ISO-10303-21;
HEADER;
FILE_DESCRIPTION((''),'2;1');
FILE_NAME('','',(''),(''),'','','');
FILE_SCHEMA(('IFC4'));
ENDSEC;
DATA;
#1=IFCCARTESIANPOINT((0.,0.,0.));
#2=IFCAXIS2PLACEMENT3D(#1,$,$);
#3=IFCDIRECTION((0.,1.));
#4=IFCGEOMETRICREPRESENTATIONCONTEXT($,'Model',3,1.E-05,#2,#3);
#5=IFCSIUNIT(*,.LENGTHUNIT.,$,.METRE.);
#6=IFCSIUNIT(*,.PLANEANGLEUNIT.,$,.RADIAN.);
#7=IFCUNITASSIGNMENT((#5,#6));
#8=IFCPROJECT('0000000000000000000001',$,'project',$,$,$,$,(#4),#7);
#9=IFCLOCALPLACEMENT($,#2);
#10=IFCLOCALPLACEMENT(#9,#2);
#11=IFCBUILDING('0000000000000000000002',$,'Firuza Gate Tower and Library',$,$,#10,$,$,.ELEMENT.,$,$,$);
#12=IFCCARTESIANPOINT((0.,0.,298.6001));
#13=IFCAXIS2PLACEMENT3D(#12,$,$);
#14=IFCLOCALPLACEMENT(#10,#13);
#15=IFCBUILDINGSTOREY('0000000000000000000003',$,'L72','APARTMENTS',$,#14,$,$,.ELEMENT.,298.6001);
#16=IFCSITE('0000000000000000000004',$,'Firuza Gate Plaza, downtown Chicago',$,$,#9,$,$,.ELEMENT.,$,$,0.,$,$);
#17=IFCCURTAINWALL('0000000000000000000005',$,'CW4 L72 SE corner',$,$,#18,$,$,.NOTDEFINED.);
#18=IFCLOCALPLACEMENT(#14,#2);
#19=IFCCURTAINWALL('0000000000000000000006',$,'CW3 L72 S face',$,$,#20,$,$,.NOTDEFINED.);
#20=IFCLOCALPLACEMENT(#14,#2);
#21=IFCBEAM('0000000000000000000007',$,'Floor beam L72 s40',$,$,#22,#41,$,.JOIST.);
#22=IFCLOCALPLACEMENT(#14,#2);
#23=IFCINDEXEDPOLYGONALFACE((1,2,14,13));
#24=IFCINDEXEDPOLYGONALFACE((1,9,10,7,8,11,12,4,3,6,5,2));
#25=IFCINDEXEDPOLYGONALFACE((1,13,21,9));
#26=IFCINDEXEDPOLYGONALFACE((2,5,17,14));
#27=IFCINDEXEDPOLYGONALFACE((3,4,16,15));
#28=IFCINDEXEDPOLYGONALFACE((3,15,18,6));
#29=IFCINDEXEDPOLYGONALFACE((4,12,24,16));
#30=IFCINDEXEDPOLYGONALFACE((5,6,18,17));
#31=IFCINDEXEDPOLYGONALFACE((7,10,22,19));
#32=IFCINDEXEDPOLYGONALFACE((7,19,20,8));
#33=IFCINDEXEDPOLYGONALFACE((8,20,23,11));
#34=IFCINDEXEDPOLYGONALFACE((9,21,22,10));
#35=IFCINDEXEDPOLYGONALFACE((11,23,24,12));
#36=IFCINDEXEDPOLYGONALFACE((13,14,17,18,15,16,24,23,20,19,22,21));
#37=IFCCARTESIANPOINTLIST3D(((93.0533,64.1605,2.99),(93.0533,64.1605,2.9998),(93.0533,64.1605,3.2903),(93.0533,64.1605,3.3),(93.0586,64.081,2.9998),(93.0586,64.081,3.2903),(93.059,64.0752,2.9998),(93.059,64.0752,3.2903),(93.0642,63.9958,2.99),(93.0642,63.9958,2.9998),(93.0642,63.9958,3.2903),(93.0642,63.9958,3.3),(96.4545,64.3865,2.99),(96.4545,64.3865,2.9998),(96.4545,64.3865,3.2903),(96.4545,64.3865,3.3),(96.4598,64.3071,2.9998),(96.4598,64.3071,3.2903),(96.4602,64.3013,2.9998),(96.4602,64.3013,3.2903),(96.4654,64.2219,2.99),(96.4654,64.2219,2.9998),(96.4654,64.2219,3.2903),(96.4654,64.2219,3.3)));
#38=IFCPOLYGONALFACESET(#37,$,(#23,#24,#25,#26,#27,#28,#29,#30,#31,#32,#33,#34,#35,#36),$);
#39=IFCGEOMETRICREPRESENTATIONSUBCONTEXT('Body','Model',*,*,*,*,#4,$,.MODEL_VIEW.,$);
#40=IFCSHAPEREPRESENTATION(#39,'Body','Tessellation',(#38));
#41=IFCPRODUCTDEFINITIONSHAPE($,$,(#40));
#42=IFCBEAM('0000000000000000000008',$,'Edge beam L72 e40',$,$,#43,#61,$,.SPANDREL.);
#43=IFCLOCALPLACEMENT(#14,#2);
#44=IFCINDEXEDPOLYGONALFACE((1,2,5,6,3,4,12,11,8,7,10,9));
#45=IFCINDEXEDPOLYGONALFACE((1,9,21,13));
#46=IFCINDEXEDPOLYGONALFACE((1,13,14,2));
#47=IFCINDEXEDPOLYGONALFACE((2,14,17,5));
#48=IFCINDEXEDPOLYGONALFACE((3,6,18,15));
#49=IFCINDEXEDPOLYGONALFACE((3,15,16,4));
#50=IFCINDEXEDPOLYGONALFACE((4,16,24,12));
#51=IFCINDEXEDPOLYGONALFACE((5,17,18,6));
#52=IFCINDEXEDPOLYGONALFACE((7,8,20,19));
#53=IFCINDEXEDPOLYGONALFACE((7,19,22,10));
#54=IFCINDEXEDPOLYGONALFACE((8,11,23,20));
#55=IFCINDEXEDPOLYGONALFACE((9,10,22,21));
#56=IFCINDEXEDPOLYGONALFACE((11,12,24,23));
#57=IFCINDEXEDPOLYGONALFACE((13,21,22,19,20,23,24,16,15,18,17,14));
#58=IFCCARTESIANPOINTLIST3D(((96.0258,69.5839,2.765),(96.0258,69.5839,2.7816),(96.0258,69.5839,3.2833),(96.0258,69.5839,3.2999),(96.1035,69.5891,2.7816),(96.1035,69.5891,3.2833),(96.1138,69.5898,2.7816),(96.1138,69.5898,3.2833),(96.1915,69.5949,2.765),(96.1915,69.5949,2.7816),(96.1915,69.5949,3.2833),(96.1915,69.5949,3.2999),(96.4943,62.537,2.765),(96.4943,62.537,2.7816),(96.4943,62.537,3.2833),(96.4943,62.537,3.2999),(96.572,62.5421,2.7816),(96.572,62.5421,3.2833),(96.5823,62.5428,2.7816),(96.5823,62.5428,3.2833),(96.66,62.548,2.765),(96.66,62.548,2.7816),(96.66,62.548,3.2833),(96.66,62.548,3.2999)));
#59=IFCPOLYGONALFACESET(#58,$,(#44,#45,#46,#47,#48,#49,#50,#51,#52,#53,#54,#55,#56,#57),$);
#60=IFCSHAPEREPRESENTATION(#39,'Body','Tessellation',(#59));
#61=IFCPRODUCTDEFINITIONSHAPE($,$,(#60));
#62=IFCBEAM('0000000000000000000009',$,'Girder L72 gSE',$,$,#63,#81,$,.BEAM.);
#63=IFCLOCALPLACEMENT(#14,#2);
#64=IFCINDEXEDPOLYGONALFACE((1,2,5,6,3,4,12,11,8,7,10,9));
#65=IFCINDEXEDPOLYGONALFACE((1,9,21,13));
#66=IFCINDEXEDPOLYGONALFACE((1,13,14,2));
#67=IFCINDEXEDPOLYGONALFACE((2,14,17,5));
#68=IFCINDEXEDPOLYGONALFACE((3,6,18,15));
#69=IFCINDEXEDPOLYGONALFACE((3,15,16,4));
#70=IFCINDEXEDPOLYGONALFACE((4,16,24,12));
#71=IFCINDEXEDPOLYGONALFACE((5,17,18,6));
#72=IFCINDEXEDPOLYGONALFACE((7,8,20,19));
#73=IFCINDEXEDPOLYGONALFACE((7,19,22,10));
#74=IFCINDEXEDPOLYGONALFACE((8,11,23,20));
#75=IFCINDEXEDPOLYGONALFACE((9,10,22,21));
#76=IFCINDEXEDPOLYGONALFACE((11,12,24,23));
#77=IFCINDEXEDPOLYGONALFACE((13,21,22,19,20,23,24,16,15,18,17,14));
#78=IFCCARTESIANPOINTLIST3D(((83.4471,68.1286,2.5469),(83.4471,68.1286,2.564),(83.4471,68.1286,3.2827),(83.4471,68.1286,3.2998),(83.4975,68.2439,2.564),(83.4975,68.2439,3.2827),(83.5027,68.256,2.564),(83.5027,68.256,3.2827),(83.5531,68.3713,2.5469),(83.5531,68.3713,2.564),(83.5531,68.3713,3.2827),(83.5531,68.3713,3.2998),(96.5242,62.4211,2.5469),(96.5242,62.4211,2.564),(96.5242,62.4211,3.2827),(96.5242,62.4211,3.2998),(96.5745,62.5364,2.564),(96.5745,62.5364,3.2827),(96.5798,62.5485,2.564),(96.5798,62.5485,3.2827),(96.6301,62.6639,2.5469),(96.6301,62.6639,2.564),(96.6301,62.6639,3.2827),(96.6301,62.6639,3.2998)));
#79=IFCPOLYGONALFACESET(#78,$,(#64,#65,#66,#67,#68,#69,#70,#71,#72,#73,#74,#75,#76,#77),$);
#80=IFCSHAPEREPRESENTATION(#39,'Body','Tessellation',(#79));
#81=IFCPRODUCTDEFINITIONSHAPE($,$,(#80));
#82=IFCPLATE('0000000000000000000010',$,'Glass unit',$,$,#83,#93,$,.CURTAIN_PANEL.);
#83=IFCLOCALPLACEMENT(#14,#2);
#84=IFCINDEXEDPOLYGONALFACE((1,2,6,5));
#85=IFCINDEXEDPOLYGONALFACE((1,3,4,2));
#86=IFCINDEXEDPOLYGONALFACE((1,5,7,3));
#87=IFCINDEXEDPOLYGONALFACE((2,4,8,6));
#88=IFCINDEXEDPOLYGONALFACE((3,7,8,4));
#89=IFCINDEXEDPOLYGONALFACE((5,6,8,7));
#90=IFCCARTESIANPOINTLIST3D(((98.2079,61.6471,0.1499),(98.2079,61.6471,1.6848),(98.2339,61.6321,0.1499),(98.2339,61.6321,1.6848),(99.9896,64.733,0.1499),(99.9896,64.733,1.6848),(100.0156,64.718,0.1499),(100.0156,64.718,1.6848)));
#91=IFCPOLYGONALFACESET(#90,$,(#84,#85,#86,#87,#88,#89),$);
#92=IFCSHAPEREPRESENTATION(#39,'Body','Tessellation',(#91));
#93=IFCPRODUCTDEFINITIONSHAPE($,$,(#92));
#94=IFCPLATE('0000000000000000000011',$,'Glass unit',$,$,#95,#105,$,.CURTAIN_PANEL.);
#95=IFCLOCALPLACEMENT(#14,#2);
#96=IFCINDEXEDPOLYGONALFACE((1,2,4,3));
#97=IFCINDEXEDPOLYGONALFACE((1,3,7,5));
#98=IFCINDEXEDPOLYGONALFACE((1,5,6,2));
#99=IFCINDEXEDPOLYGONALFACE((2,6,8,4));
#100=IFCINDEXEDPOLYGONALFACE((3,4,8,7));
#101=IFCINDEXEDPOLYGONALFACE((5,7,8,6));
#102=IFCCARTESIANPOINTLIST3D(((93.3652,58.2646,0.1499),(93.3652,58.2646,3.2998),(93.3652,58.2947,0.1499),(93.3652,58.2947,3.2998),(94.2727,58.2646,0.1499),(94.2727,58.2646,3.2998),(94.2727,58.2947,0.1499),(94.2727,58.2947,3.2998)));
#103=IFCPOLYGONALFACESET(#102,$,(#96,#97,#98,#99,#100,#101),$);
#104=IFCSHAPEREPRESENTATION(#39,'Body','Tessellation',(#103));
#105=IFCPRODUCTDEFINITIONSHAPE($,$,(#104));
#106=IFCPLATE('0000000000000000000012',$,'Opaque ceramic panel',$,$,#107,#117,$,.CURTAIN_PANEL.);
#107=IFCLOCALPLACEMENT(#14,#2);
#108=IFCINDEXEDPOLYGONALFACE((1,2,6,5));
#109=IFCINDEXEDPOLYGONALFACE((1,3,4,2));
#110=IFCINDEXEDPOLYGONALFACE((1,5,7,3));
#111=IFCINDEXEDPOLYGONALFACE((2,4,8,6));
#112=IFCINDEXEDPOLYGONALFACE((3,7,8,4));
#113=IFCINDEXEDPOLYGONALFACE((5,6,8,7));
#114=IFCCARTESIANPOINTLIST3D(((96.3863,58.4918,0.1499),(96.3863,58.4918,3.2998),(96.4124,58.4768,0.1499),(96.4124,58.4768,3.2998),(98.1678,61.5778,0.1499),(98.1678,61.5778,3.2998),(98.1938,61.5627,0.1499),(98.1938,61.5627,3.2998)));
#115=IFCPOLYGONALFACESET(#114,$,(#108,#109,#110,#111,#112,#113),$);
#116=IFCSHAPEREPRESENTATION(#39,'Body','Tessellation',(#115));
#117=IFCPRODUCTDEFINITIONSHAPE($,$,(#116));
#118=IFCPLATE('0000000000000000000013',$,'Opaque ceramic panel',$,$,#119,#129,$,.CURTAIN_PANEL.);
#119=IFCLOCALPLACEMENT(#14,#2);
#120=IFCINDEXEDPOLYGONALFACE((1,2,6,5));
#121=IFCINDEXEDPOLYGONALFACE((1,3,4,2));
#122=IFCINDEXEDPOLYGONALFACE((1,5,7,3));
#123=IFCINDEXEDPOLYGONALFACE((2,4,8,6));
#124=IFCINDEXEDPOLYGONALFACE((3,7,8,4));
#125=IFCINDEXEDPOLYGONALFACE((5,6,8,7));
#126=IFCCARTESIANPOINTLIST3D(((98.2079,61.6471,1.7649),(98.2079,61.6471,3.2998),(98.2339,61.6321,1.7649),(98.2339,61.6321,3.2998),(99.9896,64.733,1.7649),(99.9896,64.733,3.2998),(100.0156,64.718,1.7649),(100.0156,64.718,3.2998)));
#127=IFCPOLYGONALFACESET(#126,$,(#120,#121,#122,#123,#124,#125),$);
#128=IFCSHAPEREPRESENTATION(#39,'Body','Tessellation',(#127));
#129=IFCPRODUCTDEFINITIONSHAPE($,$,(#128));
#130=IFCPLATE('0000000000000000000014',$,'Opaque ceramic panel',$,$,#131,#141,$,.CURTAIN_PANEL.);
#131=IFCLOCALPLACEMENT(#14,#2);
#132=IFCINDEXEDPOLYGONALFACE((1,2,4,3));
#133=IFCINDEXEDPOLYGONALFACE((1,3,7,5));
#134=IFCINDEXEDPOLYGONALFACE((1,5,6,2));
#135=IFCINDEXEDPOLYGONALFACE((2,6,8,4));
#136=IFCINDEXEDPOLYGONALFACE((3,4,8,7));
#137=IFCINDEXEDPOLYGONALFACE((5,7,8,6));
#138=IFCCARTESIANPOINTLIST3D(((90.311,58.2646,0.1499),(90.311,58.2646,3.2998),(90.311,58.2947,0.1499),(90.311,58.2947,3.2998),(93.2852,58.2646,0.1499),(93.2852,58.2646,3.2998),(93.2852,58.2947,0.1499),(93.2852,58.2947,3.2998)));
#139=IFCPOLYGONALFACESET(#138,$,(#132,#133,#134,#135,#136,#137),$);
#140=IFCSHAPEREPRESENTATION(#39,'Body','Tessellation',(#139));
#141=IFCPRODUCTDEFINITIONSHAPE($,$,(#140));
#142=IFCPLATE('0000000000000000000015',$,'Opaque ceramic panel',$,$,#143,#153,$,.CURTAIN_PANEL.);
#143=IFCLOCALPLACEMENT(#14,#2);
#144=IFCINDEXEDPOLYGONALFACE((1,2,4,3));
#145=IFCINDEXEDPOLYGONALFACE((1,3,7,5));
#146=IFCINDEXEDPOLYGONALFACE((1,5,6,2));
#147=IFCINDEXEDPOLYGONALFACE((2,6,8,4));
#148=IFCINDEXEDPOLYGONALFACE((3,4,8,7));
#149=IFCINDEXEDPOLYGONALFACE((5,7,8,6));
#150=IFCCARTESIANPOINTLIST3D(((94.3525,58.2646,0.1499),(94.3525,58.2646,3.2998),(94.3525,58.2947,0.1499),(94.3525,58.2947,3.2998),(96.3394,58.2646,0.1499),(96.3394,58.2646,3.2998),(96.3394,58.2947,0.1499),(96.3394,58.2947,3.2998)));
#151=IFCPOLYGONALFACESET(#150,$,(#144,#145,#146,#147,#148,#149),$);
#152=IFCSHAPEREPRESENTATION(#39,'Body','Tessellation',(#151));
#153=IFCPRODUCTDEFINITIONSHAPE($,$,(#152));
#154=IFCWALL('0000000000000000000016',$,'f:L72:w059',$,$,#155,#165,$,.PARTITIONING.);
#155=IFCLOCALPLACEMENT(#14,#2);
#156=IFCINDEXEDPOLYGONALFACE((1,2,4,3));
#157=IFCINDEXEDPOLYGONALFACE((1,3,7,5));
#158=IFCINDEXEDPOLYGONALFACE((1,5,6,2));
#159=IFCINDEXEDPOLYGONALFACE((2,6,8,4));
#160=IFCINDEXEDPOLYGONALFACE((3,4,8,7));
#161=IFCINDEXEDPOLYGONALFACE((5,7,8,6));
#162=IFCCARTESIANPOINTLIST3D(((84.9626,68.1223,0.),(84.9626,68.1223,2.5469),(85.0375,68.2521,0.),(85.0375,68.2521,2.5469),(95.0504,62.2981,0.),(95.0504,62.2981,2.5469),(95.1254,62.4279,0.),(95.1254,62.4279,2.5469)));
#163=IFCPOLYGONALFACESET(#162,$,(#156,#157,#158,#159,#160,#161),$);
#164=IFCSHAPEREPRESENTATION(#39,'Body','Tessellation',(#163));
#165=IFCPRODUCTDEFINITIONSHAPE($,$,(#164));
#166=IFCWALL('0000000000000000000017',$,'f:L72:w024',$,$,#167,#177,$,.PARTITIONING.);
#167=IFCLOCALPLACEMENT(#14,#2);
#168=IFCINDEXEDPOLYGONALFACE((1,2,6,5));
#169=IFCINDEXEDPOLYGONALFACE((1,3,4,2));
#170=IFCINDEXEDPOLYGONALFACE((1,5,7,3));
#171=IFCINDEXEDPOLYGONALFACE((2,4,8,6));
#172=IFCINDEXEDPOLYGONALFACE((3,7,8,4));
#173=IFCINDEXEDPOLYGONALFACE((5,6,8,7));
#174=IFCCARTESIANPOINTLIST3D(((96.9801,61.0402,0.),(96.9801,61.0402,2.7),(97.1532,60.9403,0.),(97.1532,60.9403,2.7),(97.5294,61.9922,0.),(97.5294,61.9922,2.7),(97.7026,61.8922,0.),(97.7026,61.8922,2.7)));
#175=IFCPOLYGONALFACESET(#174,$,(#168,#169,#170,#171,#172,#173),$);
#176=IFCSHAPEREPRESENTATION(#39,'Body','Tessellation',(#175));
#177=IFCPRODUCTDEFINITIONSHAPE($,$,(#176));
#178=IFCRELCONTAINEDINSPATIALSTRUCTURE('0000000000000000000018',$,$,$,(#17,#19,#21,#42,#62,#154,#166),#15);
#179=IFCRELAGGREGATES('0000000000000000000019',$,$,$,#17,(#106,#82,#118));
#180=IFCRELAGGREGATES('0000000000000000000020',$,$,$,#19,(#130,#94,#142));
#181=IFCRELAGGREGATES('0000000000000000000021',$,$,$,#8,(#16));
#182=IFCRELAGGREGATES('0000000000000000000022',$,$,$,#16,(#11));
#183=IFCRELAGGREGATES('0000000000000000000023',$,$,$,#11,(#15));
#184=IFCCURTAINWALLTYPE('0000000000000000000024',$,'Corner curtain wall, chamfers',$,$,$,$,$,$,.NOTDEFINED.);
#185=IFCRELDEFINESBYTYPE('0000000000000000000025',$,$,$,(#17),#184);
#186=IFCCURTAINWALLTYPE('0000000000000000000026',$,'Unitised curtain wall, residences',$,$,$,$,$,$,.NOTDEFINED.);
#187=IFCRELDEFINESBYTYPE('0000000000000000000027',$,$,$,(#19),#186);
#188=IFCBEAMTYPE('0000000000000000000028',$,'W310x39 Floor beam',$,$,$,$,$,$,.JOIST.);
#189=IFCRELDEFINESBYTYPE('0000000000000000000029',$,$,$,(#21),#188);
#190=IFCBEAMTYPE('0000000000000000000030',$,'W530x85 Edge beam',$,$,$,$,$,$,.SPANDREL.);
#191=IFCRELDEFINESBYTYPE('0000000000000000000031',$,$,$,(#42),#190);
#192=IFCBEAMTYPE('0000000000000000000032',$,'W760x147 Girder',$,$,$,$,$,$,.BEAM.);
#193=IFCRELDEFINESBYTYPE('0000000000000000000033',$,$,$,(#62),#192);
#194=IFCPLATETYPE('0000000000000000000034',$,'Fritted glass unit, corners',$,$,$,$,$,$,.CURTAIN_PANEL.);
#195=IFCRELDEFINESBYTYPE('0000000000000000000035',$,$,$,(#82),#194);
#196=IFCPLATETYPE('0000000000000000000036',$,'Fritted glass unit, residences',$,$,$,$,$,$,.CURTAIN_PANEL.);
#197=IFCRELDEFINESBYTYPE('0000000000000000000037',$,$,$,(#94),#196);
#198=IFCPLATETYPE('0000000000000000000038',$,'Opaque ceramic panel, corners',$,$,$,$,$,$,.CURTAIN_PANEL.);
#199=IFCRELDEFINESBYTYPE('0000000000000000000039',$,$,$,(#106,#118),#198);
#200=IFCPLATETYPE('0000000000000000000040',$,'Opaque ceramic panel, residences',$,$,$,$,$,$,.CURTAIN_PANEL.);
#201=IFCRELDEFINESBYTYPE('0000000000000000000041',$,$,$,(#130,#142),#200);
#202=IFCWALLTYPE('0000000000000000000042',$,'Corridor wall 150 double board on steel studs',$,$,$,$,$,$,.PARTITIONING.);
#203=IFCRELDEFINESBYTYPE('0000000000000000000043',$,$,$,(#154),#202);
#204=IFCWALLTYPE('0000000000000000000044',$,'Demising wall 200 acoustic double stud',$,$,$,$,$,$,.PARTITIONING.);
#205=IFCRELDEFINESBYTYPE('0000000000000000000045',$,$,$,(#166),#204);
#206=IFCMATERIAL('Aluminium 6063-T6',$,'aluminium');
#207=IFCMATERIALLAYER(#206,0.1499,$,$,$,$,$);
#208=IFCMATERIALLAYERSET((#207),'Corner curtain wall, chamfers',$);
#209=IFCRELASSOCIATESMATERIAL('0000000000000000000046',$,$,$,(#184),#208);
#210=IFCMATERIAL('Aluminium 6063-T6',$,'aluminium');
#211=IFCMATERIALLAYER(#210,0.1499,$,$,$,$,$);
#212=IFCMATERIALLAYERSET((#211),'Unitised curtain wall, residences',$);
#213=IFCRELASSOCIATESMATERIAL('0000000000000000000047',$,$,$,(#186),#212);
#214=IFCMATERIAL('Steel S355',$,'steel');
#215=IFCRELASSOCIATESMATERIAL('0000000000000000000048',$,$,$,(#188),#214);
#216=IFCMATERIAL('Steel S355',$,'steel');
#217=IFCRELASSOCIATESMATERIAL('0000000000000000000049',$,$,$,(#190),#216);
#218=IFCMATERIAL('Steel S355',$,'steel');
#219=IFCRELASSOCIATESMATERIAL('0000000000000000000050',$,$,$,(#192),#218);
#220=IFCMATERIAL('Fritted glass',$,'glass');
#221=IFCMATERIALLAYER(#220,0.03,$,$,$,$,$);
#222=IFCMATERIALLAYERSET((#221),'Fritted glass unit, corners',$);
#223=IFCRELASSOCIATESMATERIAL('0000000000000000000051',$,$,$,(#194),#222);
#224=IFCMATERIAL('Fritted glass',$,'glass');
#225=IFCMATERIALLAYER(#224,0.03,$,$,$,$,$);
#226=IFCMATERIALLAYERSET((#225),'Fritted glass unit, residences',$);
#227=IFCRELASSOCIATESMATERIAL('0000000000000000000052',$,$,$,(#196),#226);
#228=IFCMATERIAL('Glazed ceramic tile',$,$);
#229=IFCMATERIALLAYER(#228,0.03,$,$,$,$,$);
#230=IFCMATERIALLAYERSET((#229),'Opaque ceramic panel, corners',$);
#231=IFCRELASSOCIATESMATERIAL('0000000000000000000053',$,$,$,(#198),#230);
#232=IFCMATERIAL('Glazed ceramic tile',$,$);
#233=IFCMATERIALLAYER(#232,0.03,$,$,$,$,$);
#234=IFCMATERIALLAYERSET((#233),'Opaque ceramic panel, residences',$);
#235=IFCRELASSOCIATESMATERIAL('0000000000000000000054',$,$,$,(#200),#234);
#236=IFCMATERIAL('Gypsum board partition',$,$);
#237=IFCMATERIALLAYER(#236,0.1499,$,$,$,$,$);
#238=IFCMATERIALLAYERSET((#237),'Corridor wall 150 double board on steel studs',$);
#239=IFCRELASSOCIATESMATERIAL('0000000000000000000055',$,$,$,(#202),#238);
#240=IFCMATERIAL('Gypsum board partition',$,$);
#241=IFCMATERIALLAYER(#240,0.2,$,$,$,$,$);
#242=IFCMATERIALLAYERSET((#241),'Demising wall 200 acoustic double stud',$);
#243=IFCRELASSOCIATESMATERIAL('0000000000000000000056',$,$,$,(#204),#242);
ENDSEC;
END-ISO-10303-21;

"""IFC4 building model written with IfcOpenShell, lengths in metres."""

from ifc_helpers import new_model, si_unit, direction, frame, frame_2d, origin, origin_2d, place, context, subcontext, project, spatial, polyline, rectangle, i_section, outline, extrude, material, layer, layer_set, material_profile, profile_set, type_object, element, aggregate, save


model = new_model("IFC4")

# Units and contexts
model_context = context("Model", 3, precision=1e-05, world=origin(), true_north=direction((0.0, 1.0)))
body_context = subcontext(model_context, "Body", "Model", "MODEL_VIEW")
ifc_project = project(units=[si_unit("LENGTHUNIT", "METRE"), si_unit("PLANEANGLEUNIT", "RADIAN")], contexts=[model_context])

# Site, building, storey
site_placement = place(None, origin())
site = spatial("IfcSite", under=ifc_project, at=site_placement, Name="Firuza Gate Plaza, downtown Chicago", CompositionType="ELEMENT", RefElevation=0.0)
building_placement = place(site_placement, origin())
building = spatial("IfcBuilding", under=site, at=building_placement, Name="Firuza Gate Tower and Library", CompositionType="ELEMENT")
storey_placement = place(building_placement, frame((0.0, 0.0, 298.6001)))
storey = spatial("IfcBuildingStorey", under=building, at=storey_placement, Name="L72", Description="APARTMENTS", CompositionType="ELEMENT", Elevation=298.6001)

# Curtain walls
ifc_material_1 = material(Name="Aluminium 6063-T6", Category="aluminium")
ifc_layer_1 = layer(ifc_material_1, 0.1499)
ifc_layer_set_1 = layer_set([ifc_layer_1], Name="Corner curtain wall, chamfers")
curtain_wall_type_1 = type_object("IfcCurtainWallType", Name="Corner curtain wall, chamfers", PredefinedType="NOTDEFINED", material=ifc_layer_set_1)
placement = place(storey_placement, origin())
curtain_wall_1 = element("IfcCurtainWall", 1, at=placement, inside=storey, type_object=curtain_wall_type_1, Name="CW4 L72 SE corner", PredefinedType="NOTDEFINED")
ifc_material_2 = material(Name="Aluminium 6063-T6", Category="aluminium")
ifc_layer_2 = layer(ifc_material_2, 0.1499)
ifc_layer_set_2 = layer_set([ifc_layer_2], Name="Unitised curtain wall, residences")
curtain_wall_type_2 = type_object("IfcCurtainWallType", Name="Unitised curtain wall, residences", PredefinedType="NOTDEFINED", material=ifc_layer_set_2)
curtain_wall_2 = element("IfcCurtainWall", 2, at=placement, inside=storey, type_object=curtain_wall_type_2, Name="CW3 L72 S face", PredefinedType="NOTDEFINED")

# Beams
ifc_material_3 = material(Name="Steel S355", Category="steel")
ifc_material_profile_1 = material_profile(ifc_material_3, i_section(OverallWidth=0.165, OverallDepth=0.3101, WebThickness=0.0059, FlangeThickness=0.0098, at=origin_2d()))
ifc_profile_set_1 = profile_set([ifc_material_profile_1], Name="Steel S355")
beam_type_1 = type_object("IfcBeamType", Name="W310x39 Floor beam", PredefinedType="JOIST", material=ifc_profile_set_1)
beam_1_placement = place(storey_placement, frame((96.46, 64.3042, 3.145), z_axis=(-0.997798, -0.066324, 0.0), x_axis=(0.066324, -0.997798, 0.0)))
element("IfcBeam", 3, at=beam_1_placement, inside=storey, type_object=beam_type_1, Name="Floor beam L72 s40", PredefinedType="JOIST", context=body_context, shape_type="SweptSolid", body=[
    extrude(i_section(OverallWidth=0.165, OverallDepth=0.3101, WebThickness=0.0059, FlangeThickness=0.0098, at=origin_2d()), origin(), (0.0, 0.0, 1.0), 3.4087),
])
ifc_material_4 = material(Name="Steel S355", Category="steel")
ifc_material_profile_2 = material_profile(ifc_material_4, i_section(OverallWidth=0.166, OverallDepth=0.5349, WebThickness=0.0103, FlangeThickness=0.0166, at=origin_2d()))
ifc_profile_set_2 = profile_set([ifc_material_profile_2], Name="Steel S355")
beam_type_2 = type_object("IfcBeamType", Name="W530x85 Edge beam", PredefinedType="SPANDREL", material=ifc_profile_set_2)
beam_2_placement = place(storey_placement, frame((96.5771, 62.5425, 3.0325), z_axis=(-0.066338, 0.997797, 0.0), x_axis=(-0.997797, -0.066338, 0.0)))
element("IfcBeam", 4, at=beam_2_placement, inside=storey, type_object=beam_type_2, Name="Edge beam L72 e40", PredefinedType="SPANDREL", context=body_context, shape_type="SweptSolid", body=[
    extrude(i_section(OverallWidth=0.166, OverallDepth=0.5349, WebThickness=0.0103, FlangeThickness=0.0166, at=origin_2d()), origin(), (0.0, 0.0, 1.0), 7.0625),
])
ifc_material_5 = material(Name="Steel S355", Category="steel")
ifc_material_profile_3 = material_profile(ifc_material_5, i_section(OverallWidth=0.2649, OverallDepth=0.7529, WebThickness=0.0132, FlangeThickness=0.0171, at=origin_2d()))
ifc_profile_set_3 = profile_set([ifc_material_profile_3], Name="Steel S355")
beam_type_3 = type_object("IfcBeamType", Name="W760x147 Girder", PredefinedType="BEAM", material=ifc_profile_set_3)
beam_3_placement = place(storey_placement, frame((96.5771, 62.5425, 2.9233), z_axis=(-0.91651, 0.400011, 0.0), x_axis=(-0.400011, -0.91651, 0.0)))
element("IfcBeam", 5, at=beam_3_placement, inside=storey, type_object=beam_type_3, Name="Girder L72 gSE", PredefinedType="BEAM", context=body_context, shape_type="SweptSolid", body=[
    extrude(i_section(OverallWidth=0.2649, OverallDepth=0.7529, WebThickness=0.0132, FlangeThickness=0.0171, at=origin_2d()), origin(), (0.0, 0.0, 1.0), 14.2683),
])

# Plates
ifc_material_6 = material(Name="Fritted glass", Category="glass")
ifc_layer_3 = layer(ifc_material_6, 0.03)
ifc_layer_set_3 = layer_set([ifc_layer_3], Name="Fritted glass unit, corners")
plate_type_1 = type_object("IfcPlateType", Name="Fritted glass unit, corners", PredefinedType="CURTAIN_PANEL", material=ifc_layer_set_3)
plate_1_placement = place(storey_placement, frame((98.2339, 61.6321, 0.1499), z_axis=(0.866017, -0.500015, 0.0), x_axis=(0.500015, 0.866017, 0.0)))
plate_1 = element("IfcPlate", 6, at=plate_1_placement, type_object=plate_type_1, Name="Glass unit", PredefinedType="CURTAIN_PANEL", context=body_context, shape_type="SweptSolid", body=[
    extrude(outline(polyline([(0.0, 0.0), (3.5634, 0.0), (3.5634, 1.5349), (0.0, 1.5349), (0.0, 0.0)])), origin(), (0.0, 0.0, -1.0), 0.03),
])
ifc_material_7 = material(Name="Fritted glass", Category="glass")
ifc_layer_4 = layer(ifc_material_7, 0.03)
ifc_layer_set_4 = layer_set([ifc_layer_4], Name="Fritted glass unit, residences")
plate_type_2 = type_object("IfcPlateType", Name="Fritted glass unit, residences", PredefinedType="CURTAIN_PANEL", material=ifc_layer_set_4)
plate_2_placement = place(storey_placement, frame((93.3652, 58.2646, 0.1499), z_axis=(0.0, -1.0, 0.0), x_axis=(1.0, 0.0, 0.0)))
plate_2 = element("IfcPlate", 7, at=plate_2_placement, type_object=plate_type_2, Name="Glass unit", PredefinedType="CURTAIN_PANEL", context=body_context, shape_type="SweptSolid", body=[
    extrude(outline(polyline([(0.0, 0.0), (0.9075, 0.0), (0.9075, 3.1499), (0.0, 3.1499), (0.0, 0.0)])), origin(), (0.0, 0.0, -1.0), 0.03),
])
ifc_material_8 = material(Name="Glazed ceramic tile")
ifc_layer_5 = layer(ifc_material_8, 0.03)
ifc_layer_set_5 = layer_set([ifc_layer_5], Name="Opaque ceramic panel, corners")
plate_type_3 = type_object("IfcPlateType", Name="Opaque ceramic panel, corners", PredefinedType="CURTAIN_PANEL", material=ifc_layer_set_5)
plate_3_placement = place(storey_placement, frame((96.4124, 58.4768, 0.1499), z_axis=(0.866046, -0.499964, 0.0), x_axis=(0.499964, 0.866046, 0.0)))
plate_3 = element("IfcPlate", 8, at=plate_3_placement, type_object=plate_type_3, Name="Opaque ceramic panel", PredefinedType="CURTAIN_PANEL", context=body_context, shape_type="SweptSolid", body=[
    extrude(outline(polyline([(0.0, 0.0), (3.5632, 0.0), (3.5632, 3.1499), (0.0, 3.1499), (0.0, 0.0)])), origin(), (0.0, 0.0, -1.0), 0.03),
])
plate_4_placement = place(storey_placement, frame((98.2339, 61.6321, 1.7649), z_axis=(0.866017, -0.500015, 0.0), x_axis=(0.500015, 0.866017, 0.0)))
plate_4 = element("IfcPlate", 9, at=plate_4_placement, type_object=plate_type_3, Name="Opaque ceramic panel", PredefinedType="CURTAIN_PANEL", context=body_context, shape_type="SweptSolid", body=[
    extrude(outline(polyline([(0.0, 0.0), (3.5634, 0.0), (3.5634, 1.5349), (0.0, 1.5349), (0.0, 0.0)])), origin(), (0.0, 0.0, -1.0), 0.03),
])
aggregate(curtain_wall_1, [plate_3, plate_1, plate_4])
ifc_material_9 = material(Name="Glazed ceramic tile")
ifc_layer_6 = layer(ifc_material_9, 0.03)
ifc_layer_set_6 = layer_set([ifc_layer_6], Name="Opaque ceramic panel, residences")
plate_type_4 = type_object("IfcPlateType", Name="Opaque ceramic panel, residences", PredefinedType="CURTAIN_PANEL", material=ifc_layer_set_6)
plate_5_placement = place(storey_placement, frame((90.311, 58.2646, 0.1499), z_axis=(0.0, -1.0, 0.0), x_axis=(1.0, 0.0, 0.0)))
plate_5 = element("IfcPlate", 10, at=plate_5_placement, type_object=plate_type_4, Name="Opaque ceramic panel", PredefinedType="CURTAIN_PANEL", context=body_context, shape_type="SweptSolid", body=[
    extrude(outline(polyline([(0.0, 0.0), (2.9741, 0.0), (2.9741, 3.1499), (0.0, 3.1499), (0.0, 0.0)])), origin(), (0.0, 0.0, -1.0), 0.03),
])
plate_6_placement = place(storey_placement, frame((94.3525, 58.2646, 0.1499), z_axis=(0.0, -1.0, 0.0), x_axis=(1.0, 0.0, 0.0)))
plate_6 = element("IfcPlate", 11, at=plate_6_placement, type_object=plate_type_4, Name="Opaque ceramic panel", PredefinedType="CURTAIN_PANEL", context=body_context, shape_type="SweptSolid", body=[
    extrude(outline(polyline([(0.0, 0.0), (1.9868, 0.0), (1.9868, 3.1499), (0.0, 3.1499), (0.0, 0.0)])), origin(), (0.0, 0.0, -1.0), 0.03),
])
aggregate(curtain_wall_2, [plate_5, plate_2, plate_6])

# Walls
ifc_material_10 = material(Name="Gypsum board partition")
ifc_layer_7 = layer(ifc_material_10, 0.1499)
ifc_layer_set_7 = layer_set([ifc_layer_7], Name="Corridor wall 150 double board on steel studs")
wall_type_1 = type_object("IfcWallType", Name="Corridor wall 150 double board on steel studs", PredefinedType="PARTITIONING", material=ifc_layer_set_7)
wall_1_placement = place(storey_placement, frame((95.0879, 62.363, 0.0), z_axis=(0.0, 0.0, 1.0), x_axis=(-0.866026, 0.499998, 0.0)))
element("IfcWall", 12, at=wall_1_placement, inside=storey, type_object=wall_type_1, Name="f:L72:w059", PredefinedType="PARTITIONING", context=body_context, shape_type="SweptSolid", body=[
    extrude(rectangle(XDim=11.6484, YDim=0.1499, at=frame_2d((5.8242, 0.0))), origin(), (0.0, 0.0, 1.0), 2.5469),
])
ifc_material_11 = material(Name="Gypsum board partition")
ifc_layer_8 = layer(ifc_material_11, 0.2)
ifc_layer_set_8 = layer_set([ifc_layer_8], Name="Demising wall 200 acoustic double stud")
wall_type_2 = type_object("IfcWallType", Name="Demising wall 200 acoustic double stud", PredefinedType="PARTITIONING", material=ifc_layer_set_8)
wall_2_placement = place(storey_placement, frame((97.0667, 60.9902, 0.0), z_axis=(0.0, 0.0, 1.0), x_axis=(0.499819, 0.86613, 0.0)))
element("IfcWall", 13, at=wall_2_placement, inside=storey, type_object=wall_type_2, Name="f:L72:w024", PredefinedType="PARTITIONING", context=body_context, shape_type="SweptSolid", body=[
    extrude(rectangle(XDim=1.0991, YDim=0.2, at=frame_2d((0.5496, 0.0))), origin(), (0.0, 0.0, 1.0), 2.7),
])

save(model, "model.ifc")
